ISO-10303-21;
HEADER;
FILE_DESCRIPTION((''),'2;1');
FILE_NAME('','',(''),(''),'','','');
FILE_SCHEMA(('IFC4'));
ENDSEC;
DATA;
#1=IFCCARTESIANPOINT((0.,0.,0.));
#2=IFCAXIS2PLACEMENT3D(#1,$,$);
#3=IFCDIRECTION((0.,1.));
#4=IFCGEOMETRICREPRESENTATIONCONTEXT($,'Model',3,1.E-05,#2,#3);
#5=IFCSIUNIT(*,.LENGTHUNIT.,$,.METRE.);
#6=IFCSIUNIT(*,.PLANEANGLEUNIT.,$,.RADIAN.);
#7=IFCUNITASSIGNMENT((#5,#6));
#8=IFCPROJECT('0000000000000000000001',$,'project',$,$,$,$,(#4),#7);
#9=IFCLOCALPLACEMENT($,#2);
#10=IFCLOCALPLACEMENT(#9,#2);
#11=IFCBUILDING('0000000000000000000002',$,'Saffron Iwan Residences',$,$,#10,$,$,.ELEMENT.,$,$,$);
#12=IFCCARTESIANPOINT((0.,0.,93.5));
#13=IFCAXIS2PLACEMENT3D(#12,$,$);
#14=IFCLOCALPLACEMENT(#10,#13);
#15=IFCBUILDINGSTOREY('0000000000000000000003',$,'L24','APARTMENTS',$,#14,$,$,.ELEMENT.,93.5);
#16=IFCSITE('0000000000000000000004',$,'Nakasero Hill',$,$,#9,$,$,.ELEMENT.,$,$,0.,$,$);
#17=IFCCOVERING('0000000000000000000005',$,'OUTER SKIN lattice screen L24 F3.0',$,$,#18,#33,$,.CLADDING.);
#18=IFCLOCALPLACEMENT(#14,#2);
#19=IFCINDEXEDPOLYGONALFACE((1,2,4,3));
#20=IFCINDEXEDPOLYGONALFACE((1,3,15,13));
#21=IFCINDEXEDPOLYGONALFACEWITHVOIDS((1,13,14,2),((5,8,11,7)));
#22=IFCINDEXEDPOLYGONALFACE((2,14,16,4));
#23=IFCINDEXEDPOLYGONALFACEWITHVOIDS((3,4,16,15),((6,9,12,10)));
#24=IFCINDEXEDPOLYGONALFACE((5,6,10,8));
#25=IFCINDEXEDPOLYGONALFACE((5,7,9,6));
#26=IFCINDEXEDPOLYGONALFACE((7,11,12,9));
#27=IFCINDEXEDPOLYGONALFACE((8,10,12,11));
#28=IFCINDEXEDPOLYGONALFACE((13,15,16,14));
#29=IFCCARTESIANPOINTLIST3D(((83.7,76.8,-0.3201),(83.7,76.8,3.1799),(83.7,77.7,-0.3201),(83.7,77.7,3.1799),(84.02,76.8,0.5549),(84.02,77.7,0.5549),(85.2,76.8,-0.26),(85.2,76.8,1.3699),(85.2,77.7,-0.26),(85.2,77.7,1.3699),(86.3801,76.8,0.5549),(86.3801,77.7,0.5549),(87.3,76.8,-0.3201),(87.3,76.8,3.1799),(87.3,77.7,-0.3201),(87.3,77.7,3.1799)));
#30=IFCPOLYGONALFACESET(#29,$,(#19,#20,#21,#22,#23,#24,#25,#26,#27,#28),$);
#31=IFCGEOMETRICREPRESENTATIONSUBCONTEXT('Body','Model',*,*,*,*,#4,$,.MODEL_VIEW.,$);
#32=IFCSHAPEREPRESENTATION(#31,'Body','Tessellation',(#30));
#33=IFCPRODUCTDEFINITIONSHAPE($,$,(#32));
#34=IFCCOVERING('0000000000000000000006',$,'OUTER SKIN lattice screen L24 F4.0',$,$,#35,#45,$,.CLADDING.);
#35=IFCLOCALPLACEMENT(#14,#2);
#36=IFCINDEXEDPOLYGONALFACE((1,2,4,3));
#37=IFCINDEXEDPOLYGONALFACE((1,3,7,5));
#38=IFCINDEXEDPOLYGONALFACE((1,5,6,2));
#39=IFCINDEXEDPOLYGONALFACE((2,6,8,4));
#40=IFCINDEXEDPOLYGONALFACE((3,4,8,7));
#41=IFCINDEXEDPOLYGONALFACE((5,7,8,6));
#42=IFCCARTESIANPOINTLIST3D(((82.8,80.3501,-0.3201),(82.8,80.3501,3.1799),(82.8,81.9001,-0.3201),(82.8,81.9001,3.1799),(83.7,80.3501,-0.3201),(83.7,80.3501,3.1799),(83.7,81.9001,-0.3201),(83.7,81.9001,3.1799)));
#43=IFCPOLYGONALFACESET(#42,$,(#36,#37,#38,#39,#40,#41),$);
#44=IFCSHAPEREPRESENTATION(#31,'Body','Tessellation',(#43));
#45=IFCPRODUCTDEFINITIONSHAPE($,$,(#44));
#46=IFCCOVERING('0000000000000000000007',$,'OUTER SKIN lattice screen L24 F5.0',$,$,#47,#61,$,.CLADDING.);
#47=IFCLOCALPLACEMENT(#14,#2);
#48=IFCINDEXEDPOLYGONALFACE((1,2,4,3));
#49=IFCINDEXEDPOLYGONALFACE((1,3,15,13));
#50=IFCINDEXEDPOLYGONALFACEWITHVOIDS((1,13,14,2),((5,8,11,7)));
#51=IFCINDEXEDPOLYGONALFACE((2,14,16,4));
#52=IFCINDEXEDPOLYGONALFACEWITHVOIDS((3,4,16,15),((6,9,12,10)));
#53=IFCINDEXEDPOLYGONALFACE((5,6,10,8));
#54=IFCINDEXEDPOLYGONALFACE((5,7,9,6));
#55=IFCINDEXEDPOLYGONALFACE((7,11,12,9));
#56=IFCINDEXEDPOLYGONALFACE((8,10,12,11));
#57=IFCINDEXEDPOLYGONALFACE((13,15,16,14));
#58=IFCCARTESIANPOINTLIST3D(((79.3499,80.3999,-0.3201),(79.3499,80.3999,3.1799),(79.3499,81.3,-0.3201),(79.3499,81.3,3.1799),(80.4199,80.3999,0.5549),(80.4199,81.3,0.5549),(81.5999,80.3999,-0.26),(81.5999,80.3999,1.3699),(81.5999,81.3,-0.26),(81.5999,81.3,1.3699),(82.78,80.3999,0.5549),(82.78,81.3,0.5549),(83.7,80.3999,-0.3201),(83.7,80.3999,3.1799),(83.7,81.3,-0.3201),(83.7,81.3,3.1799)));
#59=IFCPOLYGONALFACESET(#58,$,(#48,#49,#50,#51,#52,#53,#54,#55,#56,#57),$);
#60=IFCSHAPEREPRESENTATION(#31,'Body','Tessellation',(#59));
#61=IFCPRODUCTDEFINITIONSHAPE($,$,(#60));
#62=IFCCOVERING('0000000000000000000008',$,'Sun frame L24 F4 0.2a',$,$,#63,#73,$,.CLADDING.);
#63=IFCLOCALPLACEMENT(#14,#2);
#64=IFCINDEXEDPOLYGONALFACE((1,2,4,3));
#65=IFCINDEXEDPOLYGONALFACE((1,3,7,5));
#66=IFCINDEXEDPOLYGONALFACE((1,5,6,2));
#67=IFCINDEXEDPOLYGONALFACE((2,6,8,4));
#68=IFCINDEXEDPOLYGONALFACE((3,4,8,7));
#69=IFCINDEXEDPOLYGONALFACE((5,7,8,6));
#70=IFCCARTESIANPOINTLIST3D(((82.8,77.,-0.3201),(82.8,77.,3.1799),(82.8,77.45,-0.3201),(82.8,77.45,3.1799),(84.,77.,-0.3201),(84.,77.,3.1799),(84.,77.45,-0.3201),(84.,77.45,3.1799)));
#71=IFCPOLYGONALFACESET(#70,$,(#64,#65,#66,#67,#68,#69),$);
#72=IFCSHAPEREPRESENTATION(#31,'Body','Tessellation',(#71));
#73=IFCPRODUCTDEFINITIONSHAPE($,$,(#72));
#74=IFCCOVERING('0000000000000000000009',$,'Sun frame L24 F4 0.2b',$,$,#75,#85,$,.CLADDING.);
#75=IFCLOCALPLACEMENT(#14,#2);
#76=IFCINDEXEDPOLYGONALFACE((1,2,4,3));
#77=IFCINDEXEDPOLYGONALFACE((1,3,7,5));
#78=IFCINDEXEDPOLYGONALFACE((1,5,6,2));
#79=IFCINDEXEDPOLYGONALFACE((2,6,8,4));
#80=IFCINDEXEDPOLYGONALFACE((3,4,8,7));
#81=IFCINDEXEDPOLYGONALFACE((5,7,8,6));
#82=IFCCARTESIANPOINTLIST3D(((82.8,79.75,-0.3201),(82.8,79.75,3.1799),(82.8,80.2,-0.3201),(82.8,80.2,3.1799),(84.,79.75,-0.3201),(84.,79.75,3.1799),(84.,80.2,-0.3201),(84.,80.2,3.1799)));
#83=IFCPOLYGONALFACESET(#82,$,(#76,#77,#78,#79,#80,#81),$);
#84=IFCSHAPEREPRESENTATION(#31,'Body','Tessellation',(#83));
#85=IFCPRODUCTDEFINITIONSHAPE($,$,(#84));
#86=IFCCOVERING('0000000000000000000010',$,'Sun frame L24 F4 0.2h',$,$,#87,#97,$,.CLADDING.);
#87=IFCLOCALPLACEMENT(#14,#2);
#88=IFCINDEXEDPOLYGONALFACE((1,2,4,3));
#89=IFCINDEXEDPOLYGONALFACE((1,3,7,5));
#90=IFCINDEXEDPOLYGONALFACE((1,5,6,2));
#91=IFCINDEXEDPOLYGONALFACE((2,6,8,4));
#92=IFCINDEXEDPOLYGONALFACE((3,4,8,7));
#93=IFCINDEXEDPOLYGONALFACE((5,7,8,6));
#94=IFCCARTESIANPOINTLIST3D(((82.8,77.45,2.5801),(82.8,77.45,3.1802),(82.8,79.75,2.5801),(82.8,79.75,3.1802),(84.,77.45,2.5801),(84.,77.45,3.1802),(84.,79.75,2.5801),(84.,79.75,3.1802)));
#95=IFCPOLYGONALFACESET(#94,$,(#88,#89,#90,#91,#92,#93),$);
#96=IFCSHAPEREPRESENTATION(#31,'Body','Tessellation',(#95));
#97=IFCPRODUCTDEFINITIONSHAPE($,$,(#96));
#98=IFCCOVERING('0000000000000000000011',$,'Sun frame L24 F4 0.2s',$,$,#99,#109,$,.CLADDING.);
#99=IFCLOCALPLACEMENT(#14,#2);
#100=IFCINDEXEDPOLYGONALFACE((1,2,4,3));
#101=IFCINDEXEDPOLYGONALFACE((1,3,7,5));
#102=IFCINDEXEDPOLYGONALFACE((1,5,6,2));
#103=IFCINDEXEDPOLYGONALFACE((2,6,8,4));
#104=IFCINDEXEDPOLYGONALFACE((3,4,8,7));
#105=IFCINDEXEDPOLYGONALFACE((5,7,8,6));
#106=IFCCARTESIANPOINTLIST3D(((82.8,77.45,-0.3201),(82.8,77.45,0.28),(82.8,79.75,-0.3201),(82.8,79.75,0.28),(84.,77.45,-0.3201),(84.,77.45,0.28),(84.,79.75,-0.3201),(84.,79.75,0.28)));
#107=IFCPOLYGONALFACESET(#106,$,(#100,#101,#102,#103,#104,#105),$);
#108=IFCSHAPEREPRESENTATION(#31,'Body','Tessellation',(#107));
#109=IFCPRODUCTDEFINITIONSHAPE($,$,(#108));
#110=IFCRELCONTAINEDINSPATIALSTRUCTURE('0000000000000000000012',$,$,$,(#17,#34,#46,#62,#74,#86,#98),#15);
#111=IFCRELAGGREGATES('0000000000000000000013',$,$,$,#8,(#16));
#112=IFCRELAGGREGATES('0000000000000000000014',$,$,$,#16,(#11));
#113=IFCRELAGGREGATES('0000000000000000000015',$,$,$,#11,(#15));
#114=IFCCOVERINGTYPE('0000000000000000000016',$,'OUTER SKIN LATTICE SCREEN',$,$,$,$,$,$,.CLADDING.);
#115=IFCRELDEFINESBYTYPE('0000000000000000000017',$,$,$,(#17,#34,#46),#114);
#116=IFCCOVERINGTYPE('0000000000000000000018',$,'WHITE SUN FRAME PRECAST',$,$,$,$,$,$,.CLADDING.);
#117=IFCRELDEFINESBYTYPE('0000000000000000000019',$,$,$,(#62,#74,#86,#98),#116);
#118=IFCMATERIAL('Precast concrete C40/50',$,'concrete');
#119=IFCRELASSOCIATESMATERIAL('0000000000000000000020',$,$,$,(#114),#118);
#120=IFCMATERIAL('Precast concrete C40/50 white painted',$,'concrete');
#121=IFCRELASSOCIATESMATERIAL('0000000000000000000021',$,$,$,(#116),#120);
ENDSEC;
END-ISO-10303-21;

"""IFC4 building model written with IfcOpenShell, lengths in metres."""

from ifc_helpers import new_model, si_unit, direction, frame, origin, place, context, subcontext, project, spatial, polyline, outline, extrude, material, type_object, element, save


model = new_model("IFC4")

# Units and contexts
model_context = context("Model", 3, precision=1e-05, world=origin(), true_north=direction((0.0, 1.0)))
body_context = subcontext(model_context, "Body", "Model", "MODEL_VIEW")
ifc_project = project(units=[si_unit("LENGTHUNIT", "METRE"), si_unit("PLANEANGLEUNIT", "RADIAN")], contexts=[model_context])

# Site, building, storey
site_placement = place(None, origin())
site = spatial("IfcSite", under=ifc_project, at=site_placement, Name="Nakasero Hill", CompositionType="ELEMENT", RefElevation=0.0)
building_placement = place(site_placement, origin())
building = spatial("IfcBuilding", under=site, at=building_placement, Name="Saffron Iwan Residences", CompositionType="ELEMENT")
storey_placement = place(building_placement, frame((0.0, 0.0, 93.5)))
storey = spatial("IfcBuildingStorey", under=building, at=storey_placement, Name="L24", Description="APARTMENTS", CompositionType="ELEMENT", Elevation=93.5)

# Coverings
ifc_material_1 = material(Name="Precast concrete C40/50", Category="concrete")
covering_type_1 = type_object("IfcCoveringType", Name="OUTER SKIN LATTICE SCREEN", PredefinedType="CLADDING", material=ifc_material_1)
covering_1_placement = place(storey_placement, frame((87.3, 76.8, -0.3201), z_axis=(0.0, 1.0, 0.0), x_axis=(-1.0, 0.0, 0.0)))
element("IfcCovering", 1, at=covering_1_placement, inside=storey, type_object=covering_type_1, Name="OUTER SKIN lattice screen L24 F3.0", PredefinedType="CLADDING", context=body_context, shape_type="SweptSolid", body=[
    extrude(outline(polyline([(0.0, 0.0), (3.6001, 0.0), (3.6001, 3.5), (0.0, 3.5), (0.0, 0.0)]), holes=[polyline([(0.9199, 0.875), (2.1001, 0.0601), (3.28, 0.875), (2.1001, 1.6899), (0.9199, 0.875)])]), origin(), (0.0, 0.0, 1.0), 0.8999),
])
covering_2_placement = place(storey_placement, frame((82.8, 80.3501, -0.3201), z_axis=(1.0, 0.0, 0.0), x_axis=(0.0, 1.0, 0.0)))
element("IfcCovering", 2, at=covering_2_placement, inside=storey, type_object=covering_type_1, Name="OUTER SKIN lattice screen L24 F4.0", PredefinedType="CLADDING", context=body_context, shape_type="SweptSolid", body=[
    extrude(outline(polyline([(0.0, 0.0), (1.55, 0.0), (1.55, 3.5), (0.0, 3.5), (0.0, 0.0)])), origin(), (0.0, 0.0, 1.0), 0.8999),
])
covering_3_placement = place(storey_placement, frame((83.7, 80.3999, -0.3201), z_axis=(0.0, 1.0, 0.0), x_axis=(-1.0, 0.0, 0.0)))
element("IfcCovering", 3, at=covering_3_placement, inside=storey, type_object=covering_type_1, Name="OUTER SKIN lattice screen L24 F5.0", PredefinedType="CLADDING", context=body_context, shape_type="SweptSolid", body=[
    extrude(outline(polyline([(0.0, 0.0), (4.3501, 0.0), (4.3501, 3.5), (0.0, 3.5), (0.0, 0.0)]), holes=[polyline([(0.9199, 0.875), (2.1001, 0.0601), (3.28, 0.875), (2.1001, 1.6899), (0.9199, 0.875)])]), origin(), (0.0, 0.0, 1.0), 0.9001),
])
ifc_material_2 = material(Name="Precast concrete C40/50 white painted", Category="concrete")
covering_type_2 = type_object("IfcCoveringType", Name="WHITE SUN FRAME PRECAST", PredefinedType="CLADDING", material=ifc_material_2)
for number, where, z_axis, x_axis, name in (
    (4, (82.8, 77.0, -0.3201), (1.0, 0.0, 0.0), (0.0, 1.0, 0.0), "Sun frame L24 F4 0.2a"),
    (5, (82.8, 79.75, -0.3201), (1.0, 0.0, 0.0), (0.0, 1.0, 0.0), "Sun frame L24 F4 0.2b"),
):
    element("IfcCovering", number, at=place(storey_placement, frame(where, z_axis=z_axis, x_axis=x_axis)), inside=storey, type_object=covering_type_2, Name=name, PredefinedType="CLADDING", context=body_context, shape_type="SweptSolid", body=[
        extrude(outline(polyline([(0.0, 0.0), (0.45, 0.0), (0.45, 3.5), (0.0, 3.5), (0.0, 0.0)])), origin(), (0.0, 0.0, 1.0), 1.2),
    ])
for number, where, z_axis, x_axis, name in (
    (6, (82.8, 77.45, 2.5801), (1.0, 0.0, 0.0), (0.0, 1.0, 0.0), "Sun frame L24 F4 0.2h"),
    (7, (82.8, 77.45, -0.3201), (1.0, 0.0, 0.0), (0.0, 1.0, 0.0), "Sun frame L24 F4 0.2s"),
):
    element("IfcCovering", number, at=place(storey_placement, frame(where, z_axis=z_axis, x_axis=x_axis)), inside=storey, type_object=covering_type_2, Name=name, PredefinedType="CLADDING", context=body_context, shape_type="SweptSolid", body=[
        extrude(outline(polyline([(0.0, 0.0), (2.3, 0.0), (2.3, 0.6001), (0.0, 0.6001), (0.0, 0.0)])), origin(), (0.0, 0.0, 1.0), 1.2),
    ])

save(model, "model.ifc")
